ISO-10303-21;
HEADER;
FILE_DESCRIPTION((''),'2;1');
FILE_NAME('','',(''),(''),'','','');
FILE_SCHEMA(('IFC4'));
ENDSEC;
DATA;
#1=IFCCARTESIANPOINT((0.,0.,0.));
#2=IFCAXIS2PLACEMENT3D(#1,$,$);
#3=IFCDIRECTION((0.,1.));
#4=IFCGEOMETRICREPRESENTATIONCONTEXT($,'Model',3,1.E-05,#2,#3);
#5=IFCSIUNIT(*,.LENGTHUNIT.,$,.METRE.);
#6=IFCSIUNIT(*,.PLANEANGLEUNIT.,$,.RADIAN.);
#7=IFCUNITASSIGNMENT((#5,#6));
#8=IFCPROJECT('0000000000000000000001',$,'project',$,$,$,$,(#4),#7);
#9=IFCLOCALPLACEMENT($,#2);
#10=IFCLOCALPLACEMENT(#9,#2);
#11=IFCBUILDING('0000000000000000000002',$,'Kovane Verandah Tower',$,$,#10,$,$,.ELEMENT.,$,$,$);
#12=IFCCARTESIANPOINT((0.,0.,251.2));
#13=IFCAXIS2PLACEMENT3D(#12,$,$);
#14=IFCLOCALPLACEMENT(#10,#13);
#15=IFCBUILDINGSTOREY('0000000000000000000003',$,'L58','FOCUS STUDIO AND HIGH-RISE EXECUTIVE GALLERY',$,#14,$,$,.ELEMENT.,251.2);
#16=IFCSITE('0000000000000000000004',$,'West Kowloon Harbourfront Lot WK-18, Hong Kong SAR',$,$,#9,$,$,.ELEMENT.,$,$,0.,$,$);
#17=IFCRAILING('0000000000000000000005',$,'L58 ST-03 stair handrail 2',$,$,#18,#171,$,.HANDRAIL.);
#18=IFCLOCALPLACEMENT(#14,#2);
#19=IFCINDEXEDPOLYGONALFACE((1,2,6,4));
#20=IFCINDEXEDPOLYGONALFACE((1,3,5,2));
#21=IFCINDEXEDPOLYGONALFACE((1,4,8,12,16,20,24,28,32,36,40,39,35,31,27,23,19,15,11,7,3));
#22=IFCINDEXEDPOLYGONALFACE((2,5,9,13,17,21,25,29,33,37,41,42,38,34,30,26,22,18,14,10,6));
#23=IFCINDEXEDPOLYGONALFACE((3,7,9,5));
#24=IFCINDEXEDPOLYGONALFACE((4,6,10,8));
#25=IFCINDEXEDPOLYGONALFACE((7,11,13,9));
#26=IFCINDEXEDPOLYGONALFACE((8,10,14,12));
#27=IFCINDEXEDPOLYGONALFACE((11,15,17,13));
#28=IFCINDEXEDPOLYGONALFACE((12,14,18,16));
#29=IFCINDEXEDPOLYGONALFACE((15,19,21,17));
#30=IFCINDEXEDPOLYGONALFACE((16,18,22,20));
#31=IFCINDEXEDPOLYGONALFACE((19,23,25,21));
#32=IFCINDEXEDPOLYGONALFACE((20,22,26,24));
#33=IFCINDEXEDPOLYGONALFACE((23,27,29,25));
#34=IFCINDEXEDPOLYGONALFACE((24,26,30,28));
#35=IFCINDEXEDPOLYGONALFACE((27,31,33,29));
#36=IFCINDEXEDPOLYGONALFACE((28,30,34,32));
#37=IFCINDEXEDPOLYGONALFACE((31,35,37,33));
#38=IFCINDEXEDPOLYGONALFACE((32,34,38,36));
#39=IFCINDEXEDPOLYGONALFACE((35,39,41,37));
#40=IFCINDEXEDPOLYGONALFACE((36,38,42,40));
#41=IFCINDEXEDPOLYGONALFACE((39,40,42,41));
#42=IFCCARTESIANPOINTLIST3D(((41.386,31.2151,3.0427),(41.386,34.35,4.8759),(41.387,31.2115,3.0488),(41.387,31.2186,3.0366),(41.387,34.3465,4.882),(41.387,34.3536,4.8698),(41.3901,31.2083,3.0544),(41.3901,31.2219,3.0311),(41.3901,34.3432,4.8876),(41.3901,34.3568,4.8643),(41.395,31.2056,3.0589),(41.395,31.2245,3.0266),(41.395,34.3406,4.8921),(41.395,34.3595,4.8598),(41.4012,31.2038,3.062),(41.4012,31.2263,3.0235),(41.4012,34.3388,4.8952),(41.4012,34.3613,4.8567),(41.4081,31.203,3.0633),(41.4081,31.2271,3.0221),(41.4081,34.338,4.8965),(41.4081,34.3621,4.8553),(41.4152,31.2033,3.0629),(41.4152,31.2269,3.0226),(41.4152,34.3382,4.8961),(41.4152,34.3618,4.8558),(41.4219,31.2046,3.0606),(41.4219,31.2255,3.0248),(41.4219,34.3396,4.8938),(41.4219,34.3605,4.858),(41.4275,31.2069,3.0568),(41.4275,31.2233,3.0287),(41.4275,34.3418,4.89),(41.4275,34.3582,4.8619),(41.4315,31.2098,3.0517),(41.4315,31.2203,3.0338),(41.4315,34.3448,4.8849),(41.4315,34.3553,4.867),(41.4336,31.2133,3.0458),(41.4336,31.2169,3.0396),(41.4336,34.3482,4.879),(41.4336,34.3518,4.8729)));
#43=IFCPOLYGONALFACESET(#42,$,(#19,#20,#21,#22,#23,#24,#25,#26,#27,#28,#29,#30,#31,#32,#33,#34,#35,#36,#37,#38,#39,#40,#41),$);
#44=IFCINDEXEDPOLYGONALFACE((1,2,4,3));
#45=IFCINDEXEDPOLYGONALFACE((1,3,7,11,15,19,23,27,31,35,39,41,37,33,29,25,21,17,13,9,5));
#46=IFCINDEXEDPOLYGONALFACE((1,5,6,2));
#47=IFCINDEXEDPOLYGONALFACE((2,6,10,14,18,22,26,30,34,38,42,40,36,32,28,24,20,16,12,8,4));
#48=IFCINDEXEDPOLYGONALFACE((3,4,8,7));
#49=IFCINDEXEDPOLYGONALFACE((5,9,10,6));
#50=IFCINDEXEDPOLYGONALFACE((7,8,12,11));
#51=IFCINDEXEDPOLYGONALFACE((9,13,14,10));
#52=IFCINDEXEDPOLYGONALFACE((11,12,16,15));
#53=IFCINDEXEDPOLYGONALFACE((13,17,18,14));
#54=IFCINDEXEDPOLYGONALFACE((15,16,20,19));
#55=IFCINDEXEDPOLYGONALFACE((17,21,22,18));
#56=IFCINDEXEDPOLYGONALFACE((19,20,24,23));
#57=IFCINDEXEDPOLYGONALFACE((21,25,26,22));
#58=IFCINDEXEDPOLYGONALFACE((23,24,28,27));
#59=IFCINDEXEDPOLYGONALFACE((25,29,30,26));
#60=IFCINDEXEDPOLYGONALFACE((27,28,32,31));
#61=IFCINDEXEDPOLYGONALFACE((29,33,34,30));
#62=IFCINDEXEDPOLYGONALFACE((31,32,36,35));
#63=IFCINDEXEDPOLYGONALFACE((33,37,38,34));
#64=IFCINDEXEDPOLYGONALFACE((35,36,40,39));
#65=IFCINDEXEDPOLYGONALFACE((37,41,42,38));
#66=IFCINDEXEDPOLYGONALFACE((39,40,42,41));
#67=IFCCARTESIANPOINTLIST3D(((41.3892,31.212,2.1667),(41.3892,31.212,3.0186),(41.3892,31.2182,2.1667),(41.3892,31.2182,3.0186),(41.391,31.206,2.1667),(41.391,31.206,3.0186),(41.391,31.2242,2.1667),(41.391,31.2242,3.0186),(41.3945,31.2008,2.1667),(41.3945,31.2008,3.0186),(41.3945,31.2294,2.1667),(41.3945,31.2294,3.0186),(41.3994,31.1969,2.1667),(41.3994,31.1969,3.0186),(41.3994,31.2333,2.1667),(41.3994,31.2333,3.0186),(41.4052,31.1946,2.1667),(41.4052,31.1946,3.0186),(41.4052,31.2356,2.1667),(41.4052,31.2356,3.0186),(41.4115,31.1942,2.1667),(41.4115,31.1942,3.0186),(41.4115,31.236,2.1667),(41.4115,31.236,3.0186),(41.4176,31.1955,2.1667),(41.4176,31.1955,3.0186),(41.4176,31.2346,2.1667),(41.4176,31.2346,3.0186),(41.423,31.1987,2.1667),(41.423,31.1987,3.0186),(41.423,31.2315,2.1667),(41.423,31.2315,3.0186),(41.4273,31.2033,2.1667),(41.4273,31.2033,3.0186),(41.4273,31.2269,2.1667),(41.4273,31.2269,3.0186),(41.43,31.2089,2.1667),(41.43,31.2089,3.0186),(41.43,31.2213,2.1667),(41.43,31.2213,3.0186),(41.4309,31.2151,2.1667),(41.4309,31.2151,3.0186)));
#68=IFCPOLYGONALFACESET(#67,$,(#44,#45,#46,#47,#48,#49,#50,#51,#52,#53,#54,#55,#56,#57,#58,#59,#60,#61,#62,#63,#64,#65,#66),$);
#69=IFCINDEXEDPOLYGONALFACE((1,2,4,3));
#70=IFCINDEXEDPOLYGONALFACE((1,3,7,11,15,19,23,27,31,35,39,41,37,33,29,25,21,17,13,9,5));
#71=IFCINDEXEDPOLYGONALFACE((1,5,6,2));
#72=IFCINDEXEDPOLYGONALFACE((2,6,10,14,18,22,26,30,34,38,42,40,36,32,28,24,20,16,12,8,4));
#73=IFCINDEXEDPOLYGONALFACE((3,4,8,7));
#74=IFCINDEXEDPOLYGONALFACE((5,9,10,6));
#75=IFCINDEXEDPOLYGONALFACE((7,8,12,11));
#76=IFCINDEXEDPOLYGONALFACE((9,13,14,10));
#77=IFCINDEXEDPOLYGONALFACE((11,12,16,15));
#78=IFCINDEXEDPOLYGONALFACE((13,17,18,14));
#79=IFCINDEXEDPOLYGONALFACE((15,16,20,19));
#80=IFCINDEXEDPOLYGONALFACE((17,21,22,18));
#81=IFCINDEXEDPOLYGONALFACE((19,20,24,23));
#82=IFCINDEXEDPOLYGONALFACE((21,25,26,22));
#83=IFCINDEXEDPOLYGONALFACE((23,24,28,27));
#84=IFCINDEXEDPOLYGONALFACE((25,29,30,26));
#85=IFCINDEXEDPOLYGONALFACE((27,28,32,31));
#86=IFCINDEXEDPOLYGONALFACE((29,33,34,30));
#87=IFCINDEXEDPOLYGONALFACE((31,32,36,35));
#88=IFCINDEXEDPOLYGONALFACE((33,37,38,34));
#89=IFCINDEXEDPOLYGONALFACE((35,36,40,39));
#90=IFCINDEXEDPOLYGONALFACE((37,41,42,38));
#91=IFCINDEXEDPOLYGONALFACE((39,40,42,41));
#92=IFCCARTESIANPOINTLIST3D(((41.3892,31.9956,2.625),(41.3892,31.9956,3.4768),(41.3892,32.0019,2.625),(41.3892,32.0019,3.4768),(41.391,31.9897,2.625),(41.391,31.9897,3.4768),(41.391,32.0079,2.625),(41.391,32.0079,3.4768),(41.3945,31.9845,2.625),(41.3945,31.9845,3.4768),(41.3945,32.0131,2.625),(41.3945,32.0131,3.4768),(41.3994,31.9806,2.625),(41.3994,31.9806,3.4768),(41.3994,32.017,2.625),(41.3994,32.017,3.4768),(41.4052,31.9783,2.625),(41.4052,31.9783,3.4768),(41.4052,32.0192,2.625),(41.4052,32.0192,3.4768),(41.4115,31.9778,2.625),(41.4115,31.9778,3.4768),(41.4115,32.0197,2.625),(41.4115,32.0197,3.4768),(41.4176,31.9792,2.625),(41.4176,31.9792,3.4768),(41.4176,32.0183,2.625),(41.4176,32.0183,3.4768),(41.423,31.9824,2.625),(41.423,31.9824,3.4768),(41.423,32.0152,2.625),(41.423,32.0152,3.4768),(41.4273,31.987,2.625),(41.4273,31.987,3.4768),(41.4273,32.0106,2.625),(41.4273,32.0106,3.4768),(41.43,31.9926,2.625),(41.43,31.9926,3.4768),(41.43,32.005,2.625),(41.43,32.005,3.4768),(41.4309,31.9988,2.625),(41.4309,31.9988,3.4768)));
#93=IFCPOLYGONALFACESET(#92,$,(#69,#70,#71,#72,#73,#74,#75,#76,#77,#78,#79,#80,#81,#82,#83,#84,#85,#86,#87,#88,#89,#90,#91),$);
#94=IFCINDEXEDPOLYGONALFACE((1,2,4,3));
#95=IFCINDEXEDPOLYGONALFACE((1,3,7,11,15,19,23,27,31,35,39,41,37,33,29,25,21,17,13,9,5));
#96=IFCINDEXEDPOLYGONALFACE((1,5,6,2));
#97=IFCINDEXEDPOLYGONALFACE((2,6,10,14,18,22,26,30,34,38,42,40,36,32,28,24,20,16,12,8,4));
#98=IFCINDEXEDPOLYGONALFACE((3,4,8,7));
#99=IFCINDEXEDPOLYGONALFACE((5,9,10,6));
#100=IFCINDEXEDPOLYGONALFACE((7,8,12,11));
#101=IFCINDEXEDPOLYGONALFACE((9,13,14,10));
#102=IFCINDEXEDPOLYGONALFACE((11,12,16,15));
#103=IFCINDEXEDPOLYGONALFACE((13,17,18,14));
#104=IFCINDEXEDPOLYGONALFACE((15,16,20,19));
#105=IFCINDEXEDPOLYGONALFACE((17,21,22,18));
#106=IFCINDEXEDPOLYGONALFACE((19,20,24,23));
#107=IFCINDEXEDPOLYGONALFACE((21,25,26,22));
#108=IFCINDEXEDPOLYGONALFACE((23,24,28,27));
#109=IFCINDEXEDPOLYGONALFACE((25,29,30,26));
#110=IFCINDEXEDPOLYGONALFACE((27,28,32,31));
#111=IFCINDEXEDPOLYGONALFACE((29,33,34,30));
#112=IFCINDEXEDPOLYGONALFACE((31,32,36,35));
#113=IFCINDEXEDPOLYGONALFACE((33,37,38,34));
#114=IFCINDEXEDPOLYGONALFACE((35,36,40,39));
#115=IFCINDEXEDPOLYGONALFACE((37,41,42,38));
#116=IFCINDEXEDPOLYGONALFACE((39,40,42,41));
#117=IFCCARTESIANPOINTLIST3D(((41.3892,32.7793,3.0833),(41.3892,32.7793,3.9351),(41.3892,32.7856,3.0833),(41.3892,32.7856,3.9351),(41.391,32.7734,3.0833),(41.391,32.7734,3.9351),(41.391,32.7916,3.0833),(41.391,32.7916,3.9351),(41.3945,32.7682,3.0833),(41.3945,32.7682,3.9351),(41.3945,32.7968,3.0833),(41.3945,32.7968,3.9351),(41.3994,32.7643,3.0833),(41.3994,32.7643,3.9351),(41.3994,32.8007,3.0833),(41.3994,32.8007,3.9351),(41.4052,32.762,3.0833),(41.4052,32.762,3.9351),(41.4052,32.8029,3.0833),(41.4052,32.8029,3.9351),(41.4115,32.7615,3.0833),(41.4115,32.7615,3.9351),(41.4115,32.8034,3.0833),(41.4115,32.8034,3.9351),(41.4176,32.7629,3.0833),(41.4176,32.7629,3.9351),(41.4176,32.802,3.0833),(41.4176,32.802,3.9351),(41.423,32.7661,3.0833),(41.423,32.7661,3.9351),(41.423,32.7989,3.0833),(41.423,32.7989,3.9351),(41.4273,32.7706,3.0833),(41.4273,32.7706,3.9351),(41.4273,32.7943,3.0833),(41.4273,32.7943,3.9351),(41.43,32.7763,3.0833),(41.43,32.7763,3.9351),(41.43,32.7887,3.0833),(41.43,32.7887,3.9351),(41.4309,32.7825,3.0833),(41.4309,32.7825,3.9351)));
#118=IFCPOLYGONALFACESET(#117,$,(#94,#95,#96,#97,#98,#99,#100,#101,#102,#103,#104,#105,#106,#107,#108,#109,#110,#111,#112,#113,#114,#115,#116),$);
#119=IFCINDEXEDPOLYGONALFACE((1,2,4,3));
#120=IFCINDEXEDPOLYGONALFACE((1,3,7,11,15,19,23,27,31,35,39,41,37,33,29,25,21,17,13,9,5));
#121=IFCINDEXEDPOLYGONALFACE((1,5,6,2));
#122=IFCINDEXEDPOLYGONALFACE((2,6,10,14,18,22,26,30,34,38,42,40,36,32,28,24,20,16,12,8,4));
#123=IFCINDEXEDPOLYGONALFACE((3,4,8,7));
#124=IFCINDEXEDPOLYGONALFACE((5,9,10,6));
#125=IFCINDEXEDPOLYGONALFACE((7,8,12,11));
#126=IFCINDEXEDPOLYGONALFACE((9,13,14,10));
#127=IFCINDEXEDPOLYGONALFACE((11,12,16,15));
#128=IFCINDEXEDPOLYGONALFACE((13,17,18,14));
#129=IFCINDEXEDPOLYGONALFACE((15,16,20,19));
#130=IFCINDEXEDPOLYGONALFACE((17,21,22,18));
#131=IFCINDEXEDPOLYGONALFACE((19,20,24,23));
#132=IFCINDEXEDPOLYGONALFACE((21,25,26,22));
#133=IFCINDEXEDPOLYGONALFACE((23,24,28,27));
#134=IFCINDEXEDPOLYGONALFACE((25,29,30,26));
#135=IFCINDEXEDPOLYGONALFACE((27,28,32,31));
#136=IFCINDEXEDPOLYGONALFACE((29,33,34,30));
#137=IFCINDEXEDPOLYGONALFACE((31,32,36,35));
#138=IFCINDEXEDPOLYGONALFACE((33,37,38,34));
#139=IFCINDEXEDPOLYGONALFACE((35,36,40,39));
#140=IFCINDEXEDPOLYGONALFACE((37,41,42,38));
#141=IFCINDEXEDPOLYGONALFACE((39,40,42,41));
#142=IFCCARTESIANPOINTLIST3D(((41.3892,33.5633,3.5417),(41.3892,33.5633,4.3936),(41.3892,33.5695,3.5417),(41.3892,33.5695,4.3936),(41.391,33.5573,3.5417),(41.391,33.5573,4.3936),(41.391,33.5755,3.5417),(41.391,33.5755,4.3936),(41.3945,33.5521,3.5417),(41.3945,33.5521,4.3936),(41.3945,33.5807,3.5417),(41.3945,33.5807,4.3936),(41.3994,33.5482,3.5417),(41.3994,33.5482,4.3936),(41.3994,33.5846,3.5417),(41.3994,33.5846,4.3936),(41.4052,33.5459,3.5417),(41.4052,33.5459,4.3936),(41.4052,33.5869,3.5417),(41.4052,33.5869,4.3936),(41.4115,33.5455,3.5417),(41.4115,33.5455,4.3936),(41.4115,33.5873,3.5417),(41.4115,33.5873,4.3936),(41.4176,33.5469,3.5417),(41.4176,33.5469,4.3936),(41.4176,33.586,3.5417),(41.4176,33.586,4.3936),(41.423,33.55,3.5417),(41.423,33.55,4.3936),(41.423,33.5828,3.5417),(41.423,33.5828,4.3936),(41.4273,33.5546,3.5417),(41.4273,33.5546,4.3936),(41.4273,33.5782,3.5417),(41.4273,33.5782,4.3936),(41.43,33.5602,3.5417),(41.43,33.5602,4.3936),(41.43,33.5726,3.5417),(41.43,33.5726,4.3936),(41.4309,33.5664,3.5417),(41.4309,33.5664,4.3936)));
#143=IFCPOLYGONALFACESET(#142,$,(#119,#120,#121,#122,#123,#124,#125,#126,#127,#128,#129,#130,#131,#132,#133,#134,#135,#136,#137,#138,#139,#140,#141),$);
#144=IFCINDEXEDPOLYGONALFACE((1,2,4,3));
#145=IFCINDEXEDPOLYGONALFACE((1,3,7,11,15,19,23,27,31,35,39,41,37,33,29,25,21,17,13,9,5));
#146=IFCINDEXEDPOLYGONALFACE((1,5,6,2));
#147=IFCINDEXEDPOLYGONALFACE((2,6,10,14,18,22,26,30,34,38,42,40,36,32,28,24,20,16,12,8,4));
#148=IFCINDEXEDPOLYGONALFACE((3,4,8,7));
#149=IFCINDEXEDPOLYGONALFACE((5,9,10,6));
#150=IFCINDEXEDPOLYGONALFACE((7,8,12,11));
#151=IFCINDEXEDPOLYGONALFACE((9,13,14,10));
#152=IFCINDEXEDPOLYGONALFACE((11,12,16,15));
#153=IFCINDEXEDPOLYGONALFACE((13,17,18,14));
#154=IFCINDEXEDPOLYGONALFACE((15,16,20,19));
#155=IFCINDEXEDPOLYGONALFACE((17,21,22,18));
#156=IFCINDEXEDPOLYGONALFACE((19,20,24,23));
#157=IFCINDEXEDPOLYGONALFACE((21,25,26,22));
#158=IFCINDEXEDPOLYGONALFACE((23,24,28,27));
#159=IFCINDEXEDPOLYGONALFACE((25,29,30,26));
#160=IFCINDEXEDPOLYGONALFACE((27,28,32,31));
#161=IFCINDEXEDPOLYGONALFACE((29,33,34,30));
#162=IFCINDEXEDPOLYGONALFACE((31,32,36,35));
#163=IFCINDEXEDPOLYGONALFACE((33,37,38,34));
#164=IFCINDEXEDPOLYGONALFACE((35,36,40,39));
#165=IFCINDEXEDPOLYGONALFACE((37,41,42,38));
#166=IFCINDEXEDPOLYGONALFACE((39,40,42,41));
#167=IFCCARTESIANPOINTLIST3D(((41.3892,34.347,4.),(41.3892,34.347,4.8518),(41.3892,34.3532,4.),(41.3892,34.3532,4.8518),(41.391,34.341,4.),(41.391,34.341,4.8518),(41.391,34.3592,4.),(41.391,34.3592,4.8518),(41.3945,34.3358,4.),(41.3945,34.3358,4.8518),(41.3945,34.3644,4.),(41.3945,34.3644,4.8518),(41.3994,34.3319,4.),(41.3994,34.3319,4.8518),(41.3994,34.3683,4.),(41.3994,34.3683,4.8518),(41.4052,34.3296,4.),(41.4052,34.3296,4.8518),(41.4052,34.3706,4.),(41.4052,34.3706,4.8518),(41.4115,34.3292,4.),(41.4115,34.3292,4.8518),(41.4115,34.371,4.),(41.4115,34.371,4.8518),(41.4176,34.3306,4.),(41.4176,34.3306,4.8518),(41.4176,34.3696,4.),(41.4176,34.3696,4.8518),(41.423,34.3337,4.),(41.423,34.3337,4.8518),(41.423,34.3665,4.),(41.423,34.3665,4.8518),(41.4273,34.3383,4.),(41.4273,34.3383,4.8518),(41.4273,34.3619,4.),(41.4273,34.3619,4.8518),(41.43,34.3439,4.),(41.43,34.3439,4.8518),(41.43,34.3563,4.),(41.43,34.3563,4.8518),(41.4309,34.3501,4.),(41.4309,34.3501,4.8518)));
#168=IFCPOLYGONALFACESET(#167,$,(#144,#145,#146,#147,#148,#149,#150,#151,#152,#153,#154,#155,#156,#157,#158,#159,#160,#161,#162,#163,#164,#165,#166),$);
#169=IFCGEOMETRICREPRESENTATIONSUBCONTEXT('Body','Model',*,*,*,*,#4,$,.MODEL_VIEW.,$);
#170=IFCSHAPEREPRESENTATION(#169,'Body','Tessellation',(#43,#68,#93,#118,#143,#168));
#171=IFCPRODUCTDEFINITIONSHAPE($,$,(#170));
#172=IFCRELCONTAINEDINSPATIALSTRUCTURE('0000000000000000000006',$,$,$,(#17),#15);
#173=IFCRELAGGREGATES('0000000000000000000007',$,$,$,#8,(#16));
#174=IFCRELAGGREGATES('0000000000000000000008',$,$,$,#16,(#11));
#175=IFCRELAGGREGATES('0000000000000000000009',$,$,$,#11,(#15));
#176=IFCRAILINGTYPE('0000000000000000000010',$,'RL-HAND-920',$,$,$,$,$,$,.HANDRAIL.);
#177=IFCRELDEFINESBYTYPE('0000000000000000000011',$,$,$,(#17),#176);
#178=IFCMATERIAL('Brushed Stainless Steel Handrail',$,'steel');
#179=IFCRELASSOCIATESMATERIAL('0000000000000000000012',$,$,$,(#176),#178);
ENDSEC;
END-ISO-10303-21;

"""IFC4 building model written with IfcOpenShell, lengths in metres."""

from ifc_helpers import new_model, si_unit, direction, frame, origin, origin_2d, place, context, subcontext, project, spatial, circle, extrude, material, type_object, element, save


model = new_model("IFC4")

# Units and contexts
model_context = context("Model", 3, precision=1e-05, world=origin(), true_north=direction((0.0, 1.0)))
body_context = subcontext(model_context, "Body", "Model", "MODEL_VIEW")
ifc_project = project(units=[si_unit("LENGTHUNIT", "METRE"), si_unit("PLANEANGLEUNIT", "RADIAN")], contexts=[model_context])

# Site, building, storey
site_placement = place(None, origin())
site = spatial("IfcSite", under=ifc_project, at=site_placement, Name="West Kowloon Harbourfront Lot WK-18, Hong Kong SAR", CompositionType="ELEMENT", RefElevation=0.0)
building_placement = place(site_placement, origin())
building = spatial("IfcBuilding", under=site, at=building_placement, Name="Kovane Verandah Tower", CompositionType="ELEMENT")
storey_placement = place(building_placement, frame((0.0, 0.0, 251.2)))
storey = spatial("IfcBuildingStorey", under=building, at=storey_placement, Name="L58", Description="FOCUS STUDIO AND HIGH-RISE EXECUTIVE GALLERY", CompositionType="ELEMENT", Elevation=251.2)

# Railing
ifc_material_1 = material(Name="Brushed Stainless Steel Handrail", Category="steel")
railing_type_1 = type_object("IfcRailingType", Name="RL-HAND-920", PredefinedType="HANDRAIL", material=ifc_material_1)
for number, where, name in (
    (1, (41.4099, 31.2151, 2.1667), "L58 ST-03 stair handrail 2"),
):
    element("IfcRailing", number, at=place(storey_placement, frame(where)), inside=storey, type_object=railing_type_1, Name=name, PredefinedType="HANDRAIL", context=body_context, shape_type="SweptSolid", body=[
        extrude(circle(Radius=0.0239, at=origin_2d()), frame((0.0, 0.0, 0.876), z_axis=(0.0, 0.86324, 0.504794), x_axis=(-1.0, 0.0, 0.0)), (0.0, 0.0, 1.0), 3.6316),
        extrude(circle(Radius=0.021, at=origin_2d()), origin(), (0.0, 0.0, 1.0), 0.8518),
        extrude(circle(Radius=0.021, at=origin_2d()), frame((0.0, 0.7837, 0.4583)), (0.0, 0.0, 1.0), 0.8518),
        extrude(circle(Radius=0.021, at=origin_2d()), frame((0.0, 1.5674, 0.9165)), (0.0, 0.0, 1.0), 0.8518),
        extrude(circle(Radius=0.021, at=origin_2d()), frame((0.0, 2.3513, 1.375)), (0.0, 0.0, 1.0), 0.8518),
        extrude(circle(Radius=0.021, at=origin_2d()), frame((0.0, 3.135, 1.8333)), (0.0, 0.0, 1.0), 0.8518),
    ])

save(model, "model.ifc")
